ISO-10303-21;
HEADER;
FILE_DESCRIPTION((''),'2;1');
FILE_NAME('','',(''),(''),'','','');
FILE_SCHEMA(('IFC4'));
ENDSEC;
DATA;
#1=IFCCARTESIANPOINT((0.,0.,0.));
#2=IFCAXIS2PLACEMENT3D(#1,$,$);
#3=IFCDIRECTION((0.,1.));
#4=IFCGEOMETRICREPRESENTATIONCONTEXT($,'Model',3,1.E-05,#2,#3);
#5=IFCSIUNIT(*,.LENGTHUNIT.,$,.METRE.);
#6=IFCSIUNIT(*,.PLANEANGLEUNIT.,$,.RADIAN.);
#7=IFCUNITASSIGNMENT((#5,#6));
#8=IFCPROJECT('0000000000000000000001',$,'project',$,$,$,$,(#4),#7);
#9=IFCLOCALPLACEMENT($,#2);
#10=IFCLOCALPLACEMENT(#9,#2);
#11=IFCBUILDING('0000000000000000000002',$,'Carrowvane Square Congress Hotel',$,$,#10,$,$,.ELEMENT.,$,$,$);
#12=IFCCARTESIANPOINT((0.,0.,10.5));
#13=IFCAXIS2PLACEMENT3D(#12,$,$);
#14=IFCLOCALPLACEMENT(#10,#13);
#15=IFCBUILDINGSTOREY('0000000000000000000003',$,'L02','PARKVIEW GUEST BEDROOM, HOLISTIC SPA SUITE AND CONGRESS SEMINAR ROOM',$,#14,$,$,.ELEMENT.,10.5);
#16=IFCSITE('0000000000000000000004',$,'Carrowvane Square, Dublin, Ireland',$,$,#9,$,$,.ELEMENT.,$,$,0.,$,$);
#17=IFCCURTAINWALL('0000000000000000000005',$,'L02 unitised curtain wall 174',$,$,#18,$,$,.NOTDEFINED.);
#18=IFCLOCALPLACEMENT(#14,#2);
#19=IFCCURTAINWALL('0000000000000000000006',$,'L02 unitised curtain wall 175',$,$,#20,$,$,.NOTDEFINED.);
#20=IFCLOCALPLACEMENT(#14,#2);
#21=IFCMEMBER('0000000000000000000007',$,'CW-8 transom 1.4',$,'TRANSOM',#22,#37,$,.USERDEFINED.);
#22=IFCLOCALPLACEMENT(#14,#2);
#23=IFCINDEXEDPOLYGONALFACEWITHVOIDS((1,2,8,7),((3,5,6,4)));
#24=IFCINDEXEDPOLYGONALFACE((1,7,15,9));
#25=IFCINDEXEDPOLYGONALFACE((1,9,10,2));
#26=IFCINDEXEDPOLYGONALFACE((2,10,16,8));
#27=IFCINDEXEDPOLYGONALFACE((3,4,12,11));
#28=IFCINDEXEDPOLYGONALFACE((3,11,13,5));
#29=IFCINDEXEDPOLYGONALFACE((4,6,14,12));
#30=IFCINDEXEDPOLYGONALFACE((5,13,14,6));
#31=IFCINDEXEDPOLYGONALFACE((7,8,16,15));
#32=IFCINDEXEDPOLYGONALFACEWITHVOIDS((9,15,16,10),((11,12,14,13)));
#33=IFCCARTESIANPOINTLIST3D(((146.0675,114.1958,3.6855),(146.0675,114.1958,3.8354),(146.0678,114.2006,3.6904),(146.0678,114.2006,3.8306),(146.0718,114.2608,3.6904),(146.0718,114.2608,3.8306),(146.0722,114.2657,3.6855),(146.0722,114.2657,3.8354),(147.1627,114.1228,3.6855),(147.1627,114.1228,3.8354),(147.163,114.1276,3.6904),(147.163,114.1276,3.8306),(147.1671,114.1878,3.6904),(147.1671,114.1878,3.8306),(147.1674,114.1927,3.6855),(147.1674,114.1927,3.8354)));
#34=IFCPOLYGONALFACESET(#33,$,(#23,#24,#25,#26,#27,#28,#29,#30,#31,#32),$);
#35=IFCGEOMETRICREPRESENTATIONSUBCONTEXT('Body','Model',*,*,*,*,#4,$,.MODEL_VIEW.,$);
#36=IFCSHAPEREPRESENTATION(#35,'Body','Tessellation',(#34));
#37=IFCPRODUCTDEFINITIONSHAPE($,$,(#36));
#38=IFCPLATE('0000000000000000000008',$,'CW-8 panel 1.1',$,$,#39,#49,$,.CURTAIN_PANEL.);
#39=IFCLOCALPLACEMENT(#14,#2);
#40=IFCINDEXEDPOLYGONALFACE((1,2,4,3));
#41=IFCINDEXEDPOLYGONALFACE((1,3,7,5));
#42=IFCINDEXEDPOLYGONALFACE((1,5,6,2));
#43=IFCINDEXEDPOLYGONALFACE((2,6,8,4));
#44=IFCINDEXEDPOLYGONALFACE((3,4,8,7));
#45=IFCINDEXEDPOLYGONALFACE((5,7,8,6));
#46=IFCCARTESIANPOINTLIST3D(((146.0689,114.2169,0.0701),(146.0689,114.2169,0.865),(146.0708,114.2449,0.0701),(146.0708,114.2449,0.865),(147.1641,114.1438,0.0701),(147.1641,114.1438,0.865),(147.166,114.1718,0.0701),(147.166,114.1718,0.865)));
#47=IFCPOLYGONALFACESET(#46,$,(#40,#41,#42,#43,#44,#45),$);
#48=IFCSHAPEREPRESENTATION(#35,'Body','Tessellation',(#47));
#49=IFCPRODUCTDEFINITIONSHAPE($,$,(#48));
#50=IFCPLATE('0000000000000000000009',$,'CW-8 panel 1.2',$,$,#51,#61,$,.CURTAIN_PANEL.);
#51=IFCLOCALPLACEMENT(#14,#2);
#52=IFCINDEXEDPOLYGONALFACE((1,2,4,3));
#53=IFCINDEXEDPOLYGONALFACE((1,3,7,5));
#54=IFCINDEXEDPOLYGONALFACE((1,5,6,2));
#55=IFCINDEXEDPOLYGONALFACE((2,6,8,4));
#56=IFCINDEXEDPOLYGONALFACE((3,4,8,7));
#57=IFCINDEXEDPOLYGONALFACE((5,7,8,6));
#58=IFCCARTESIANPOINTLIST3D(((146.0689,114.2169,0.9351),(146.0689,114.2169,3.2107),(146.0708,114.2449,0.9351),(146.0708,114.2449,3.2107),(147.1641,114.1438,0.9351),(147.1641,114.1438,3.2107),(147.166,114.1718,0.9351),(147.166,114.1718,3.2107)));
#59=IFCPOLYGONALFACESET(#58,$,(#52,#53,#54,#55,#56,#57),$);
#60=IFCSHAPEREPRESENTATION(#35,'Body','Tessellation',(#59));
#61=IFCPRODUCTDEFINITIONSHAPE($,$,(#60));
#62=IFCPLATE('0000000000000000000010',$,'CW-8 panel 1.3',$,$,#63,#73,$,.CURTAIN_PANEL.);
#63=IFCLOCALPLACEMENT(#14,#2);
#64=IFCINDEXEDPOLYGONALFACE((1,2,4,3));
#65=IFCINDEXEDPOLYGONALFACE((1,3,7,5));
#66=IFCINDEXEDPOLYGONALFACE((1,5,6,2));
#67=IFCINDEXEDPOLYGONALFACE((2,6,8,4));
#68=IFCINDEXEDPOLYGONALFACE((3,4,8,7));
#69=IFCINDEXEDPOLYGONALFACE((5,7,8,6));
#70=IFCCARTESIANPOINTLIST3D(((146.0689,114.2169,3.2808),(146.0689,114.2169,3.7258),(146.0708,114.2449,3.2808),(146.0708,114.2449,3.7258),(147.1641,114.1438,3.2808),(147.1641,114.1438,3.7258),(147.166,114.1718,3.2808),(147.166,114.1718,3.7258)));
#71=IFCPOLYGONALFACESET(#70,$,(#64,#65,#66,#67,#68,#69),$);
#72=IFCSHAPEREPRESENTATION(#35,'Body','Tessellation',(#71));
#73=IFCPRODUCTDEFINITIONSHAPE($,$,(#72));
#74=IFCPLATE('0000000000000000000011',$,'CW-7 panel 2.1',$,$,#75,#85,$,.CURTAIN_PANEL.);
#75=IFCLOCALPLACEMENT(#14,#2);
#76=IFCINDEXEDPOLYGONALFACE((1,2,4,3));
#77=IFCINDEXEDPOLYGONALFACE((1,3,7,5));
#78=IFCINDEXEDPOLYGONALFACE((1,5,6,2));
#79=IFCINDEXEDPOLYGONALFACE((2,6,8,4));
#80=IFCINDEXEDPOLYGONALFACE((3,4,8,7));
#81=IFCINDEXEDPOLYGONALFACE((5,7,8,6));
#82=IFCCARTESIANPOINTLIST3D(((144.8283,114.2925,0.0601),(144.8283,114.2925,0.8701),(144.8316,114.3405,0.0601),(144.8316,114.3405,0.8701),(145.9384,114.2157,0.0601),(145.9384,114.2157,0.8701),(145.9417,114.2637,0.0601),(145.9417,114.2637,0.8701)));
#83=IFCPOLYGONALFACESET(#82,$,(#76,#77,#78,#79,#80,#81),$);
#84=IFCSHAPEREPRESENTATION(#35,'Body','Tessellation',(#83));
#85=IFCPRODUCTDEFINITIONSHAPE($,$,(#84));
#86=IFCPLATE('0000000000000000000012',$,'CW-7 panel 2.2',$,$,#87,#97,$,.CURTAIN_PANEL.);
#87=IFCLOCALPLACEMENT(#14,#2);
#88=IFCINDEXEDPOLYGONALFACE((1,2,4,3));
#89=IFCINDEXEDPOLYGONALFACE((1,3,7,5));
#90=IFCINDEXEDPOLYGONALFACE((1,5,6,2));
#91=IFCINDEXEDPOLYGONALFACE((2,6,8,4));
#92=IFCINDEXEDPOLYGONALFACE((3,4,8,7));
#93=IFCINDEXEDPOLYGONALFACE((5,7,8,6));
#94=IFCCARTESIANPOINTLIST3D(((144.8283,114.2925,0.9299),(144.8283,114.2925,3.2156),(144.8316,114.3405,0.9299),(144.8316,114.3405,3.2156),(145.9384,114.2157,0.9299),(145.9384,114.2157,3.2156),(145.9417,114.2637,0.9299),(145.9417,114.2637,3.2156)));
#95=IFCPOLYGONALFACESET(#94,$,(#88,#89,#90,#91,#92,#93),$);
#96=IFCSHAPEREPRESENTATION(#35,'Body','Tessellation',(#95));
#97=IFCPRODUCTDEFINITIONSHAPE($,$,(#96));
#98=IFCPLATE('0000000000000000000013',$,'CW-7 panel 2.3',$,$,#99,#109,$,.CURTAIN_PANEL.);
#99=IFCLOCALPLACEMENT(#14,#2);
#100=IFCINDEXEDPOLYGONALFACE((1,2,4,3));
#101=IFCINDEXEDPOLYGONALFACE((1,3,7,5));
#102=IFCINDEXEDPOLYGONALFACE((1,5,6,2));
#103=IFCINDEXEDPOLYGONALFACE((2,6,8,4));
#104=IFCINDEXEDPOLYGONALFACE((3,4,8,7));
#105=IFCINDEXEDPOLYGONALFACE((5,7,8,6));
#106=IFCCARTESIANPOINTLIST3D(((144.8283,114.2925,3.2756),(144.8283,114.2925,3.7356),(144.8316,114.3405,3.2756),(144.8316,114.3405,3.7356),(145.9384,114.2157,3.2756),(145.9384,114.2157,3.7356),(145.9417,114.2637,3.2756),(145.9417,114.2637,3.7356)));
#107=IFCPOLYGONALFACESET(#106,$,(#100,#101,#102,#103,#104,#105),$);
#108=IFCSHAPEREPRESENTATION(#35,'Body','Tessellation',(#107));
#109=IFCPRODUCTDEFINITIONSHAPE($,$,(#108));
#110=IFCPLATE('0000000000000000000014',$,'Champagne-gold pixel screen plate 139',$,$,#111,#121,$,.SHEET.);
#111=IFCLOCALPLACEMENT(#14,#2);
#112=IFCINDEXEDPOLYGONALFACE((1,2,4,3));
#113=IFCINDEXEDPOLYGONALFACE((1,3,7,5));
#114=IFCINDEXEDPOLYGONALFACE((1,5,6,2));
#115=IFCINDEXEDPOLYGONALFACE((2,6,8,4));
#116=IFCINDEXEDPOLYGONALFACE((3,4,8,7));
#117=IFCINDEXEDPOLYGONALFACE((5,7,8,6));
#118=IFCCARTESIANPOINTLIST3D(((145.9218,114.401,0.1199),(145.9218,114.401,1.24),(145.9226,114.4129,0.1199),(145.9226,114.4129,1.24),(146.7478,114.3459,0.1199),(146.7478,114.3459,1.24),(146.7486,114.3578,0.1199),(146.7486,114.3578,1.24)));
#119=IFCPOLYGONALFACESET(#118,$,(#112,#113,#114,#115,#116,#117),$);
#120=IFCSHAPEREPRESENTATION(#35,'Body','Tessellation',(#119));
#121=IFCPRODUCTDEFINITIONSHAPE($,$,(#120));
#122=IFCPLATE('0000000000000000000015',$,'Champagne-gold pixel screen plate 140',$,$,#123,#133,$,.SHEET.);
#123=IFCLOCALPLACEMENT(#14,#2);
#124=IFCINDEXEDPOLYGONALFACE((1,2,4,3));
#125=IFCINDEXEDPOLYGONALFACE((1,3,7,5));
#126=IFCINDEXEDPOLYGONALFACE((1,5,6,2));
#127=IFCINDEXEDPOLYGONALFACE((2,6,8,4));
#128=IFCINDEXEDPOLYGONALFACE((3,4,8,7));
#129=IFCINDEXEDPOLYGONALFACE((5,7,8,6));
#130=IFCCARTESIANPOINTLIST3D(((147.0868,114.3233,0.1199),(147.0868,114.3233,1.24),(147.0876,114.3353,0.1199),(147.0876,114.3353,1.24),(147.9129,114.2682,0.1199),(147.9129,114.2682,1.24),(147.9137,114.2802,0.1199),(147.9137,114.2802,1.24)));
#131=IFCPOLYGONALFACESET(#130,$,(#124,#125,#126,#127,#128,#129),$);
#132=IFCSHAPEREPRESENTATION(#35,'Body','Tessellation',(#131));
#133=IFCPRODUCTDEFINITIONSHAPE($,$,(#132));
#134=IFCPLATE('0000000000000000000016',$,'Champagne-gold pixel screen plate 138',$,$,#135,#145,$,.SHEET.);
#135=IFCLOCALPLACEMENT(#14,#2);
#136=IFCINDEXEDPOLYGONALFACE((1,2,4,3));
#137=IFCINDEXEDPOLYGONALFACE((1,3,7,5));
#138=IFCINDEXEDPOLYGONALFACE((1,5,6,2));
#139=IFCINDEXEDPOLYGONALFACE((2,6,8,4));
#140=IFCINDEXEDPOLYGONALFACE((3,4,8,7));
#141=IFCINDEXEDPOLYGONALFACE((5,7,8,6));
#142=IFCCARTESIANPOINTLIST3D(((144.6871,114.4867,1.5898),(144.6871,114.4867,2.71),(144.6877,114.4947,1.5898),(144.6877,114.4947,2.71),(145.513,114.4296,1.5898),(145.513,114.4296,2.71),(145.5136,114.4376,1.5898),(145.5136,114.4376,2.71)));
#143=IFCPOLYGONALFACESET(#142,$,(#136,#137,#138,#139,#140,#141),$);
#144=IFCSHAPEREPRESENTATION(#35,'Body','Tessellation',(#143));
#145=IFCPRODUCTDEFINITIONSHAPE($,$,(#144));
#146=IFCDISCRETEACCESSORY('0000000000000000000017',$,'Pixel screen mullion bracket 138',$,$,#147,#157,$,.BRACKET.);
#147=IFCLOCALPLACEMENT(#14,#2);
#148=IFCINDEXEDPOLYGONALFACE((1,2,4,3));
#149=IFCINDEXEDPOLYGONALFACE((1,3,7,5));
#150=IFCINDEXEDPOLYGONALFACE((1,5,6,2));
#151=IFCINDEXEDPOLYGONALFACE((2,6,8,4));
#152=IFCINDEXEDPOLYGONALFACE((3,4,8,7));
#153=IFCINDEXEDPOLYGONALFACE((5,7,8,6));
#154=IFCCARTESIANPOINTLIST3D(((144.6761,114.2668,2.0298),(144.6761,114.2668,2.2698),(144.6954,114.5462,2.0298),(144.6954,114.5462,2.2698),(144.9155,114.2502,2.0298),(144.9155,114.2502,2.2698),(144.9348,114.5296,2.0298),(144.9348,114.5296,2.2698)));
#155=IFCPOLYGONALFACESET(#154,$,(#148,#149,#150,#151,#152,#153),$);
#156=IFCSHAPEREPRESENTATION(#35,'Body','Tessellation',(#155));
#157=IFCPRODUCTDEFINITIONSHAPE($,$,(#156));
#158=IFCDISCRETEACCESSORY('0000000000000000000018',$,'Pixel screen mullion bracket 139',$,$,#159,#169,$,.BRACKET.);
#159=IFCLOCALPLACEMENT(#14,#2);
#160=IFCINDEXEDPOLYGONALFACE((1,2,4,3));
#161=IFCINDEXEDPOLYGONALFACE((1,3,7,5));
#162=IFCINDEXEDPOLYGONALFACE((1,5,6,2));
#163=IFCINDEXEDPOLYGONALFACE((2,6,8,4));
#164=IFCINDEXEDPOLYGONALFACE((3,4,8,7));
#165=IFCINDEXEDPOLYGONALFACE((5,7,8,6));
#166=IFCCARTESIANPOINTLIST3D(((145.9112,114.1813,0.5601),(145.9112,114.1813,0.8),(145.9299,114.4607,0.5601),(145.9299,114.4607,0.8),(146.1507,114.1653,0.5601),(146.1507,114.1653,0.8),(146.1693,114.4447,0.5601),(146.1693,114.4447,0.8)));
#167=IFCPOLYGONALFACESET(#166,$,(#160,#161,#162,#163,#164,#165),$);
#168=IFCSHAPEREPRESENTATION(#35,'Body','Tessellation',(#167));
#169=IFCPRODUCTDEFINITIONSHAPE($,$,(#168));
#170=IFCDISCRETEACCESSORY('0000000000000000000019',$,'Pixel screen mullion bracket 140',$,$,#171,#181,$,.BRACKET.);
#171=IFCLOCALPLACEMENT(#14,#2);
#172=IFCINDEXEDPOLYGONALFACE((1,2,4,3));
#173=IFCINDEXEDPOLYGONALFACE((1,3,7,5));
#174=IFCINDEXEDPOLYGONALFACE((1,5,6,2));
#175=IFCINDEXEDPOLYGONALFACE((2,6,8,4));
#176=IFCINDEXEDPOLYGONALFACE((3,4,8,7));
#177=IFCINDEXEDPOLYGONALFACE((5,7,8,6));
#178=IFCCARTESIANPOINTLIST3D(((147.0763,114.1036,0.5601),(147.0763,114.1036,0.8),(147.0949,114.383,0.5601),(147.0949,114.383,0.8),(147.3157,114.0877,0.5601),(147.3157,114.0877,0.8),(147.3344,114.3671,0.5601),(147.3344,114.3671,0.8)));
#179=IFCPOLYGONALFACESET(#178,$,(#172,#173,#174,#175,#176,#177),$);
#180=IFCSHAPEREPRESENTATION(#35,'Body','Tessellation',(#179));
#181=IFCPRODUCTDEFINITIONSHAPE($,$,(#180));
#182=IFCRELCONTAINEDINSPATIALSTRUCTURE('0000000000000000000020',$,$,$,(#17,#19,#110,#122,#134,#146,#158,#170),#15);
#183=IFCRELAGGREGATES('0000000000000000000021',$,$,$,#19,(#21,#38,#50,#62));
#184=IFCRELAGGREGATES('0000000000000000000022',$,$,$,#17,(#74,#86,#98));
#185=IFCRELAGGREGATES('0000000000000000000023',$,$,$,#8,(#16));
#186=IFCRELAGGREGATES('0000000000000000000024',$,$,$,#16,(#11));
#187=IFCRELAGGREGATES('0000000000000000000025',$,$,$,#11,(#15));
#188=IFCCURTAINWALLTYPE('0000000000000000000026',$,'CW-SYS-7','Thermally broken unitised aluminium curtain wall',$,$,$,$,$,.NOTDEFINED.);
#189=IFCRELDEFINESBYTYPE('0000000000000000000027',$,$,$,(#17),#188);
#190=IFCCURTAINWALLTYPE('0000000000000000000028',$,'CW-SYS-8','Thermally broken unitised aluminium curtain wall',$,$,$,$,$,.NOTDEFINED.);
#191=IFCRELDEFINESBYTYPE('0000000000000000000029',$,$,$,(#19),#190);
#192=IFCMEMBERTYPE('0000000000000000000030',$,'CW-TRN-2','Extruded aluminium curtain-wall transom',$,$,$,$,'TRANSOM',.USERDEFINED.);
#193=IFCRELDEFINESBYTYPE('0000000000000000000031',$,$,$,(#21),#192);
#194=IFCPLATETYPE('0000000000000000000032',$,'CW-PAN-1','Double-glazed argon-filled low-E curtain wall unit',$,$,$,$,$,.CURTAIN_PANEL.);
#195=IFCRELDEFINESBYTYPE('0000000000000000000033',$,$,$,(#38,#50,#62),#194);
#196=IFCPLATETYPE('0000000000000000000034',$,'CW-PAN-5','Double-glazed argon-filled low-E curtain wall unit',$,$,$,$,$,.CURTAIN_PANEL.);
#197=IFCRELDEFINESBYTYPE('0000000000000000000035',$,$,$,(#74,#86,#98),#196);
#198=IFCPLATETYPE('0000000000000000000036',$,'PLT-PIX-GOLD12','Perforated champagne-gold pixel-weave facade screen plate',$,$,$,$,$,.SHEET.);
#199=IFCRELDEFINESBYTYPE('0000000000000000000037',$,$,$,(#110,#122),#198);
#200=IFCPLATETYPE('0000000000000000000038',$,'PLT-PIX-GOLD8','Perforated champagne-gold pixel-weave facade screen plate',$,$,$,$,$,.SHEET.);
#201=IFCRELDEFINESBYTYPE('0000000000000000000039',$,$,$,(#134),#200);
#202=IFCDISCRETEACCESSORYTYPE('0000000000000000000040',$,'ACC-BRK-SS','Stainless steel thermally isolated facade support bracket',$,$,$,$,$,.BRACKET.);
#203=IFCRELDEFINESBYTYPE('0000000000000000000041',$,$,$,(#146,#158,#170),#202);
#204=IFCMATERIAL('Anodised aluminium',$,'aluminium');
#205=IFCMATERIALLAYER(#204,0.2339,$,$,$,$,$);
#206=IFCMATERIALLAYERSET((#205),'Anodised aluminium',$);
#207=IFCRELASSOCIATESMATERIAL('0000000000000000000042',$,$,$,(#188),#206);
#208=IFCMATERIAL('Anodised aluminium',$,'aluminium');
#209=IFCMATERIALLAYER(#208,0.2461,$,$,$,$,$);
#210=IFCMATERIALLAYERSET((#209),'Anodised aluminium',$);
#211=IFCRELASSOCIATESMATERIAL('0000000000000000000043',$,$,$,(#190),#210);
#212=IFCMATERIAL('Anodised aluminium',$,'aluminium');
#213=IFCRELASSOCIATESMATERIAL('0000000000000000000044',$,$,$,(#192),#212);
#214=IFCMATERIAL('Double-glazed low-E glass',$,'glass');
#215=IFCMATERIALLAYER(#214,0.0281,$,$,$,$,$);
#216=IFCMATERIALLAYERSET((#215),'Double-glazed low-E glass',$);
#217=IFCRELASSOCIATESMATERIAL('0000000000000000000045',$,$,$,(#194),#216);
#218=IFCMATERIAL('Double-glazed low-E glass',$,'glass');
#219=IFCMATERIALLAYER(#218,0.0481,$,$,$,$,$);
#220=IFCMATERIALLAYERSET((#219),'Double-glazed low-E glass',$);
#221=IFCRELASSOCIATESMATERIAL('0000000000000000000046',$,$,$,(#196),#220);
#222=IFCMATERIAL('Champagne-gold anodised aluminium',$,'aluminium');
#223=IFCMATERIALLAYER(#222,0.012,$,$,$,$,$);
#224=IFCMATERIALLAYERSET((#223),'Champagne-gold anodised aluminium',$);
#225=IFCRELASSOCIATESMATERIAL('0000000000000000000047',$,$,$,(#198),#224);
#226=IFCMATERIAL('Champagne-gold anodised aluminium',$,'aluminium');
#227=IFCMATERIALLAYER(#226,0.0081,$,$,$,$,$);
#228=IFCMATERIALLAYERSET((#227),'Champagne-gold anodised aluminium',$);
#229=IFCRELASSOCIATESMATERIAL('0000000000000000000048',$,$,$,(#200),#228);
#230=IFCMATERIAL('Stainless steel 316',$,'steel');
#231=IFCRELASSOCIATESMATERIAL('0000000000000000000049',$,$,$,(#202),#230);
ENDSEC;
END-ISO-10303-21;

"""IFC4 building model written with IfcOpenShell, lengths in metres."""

from ifc_helpers import new_model, si_unit, direction, frame, origin, origin_2d, place, context, subcontext, project, spatial, rectangle, hollow_rectangle, extrude, material, layer, layer_set, material_profile, profile_set, type_object, element, aggregate, save


model = new_model("IFC4")

# Units and contexts
model_context = context("Model", 3, precision=1e-05, world=origin(), true_north=direction((0.0, 1.0)))
body_context = subcontext(model_context, "Body", "Model", "MODEL_VIEW")
ifc_project = project(units=[si_unit("LENGTHUNIT", "METRE"), si_unit("PLANEANGLEUNIT", "RADIAN")], contexts=[model_context])

# Site, building, storey
site_placement = place(None, origin())
site = spatial("IfcSite", under=ifc_project, at=site_placement, Name="Carrowvane Square, Dublin, Ireland", CompositionType="ELEMENT", RefElevation=0.0)
building_placement = place(site_placement, origin())
building = spatial("IfcBuilding", under=site, at=building_placement, Name="Carrowvane Square Congress Hotel", CompositionType="ELEMENT")
storey_placement = place(building_placement, frame((0.0, 0.0, 10.5)))
storey = spatial("IfcBuildingStorey", under=building, at=storey_placement, Name="L02", Description="PARKVIEW GUEST BEDROOM, HOLISTIC SPA SUITE AND CONGRESS SEMINAR ROOM", CompositionType="ELEMENT", Elevation=10.5)

# Curtain wall
ifc_material_1 = material(Name="Anodised aluminium", Category="aluminium")
ifc_layer_1 = layer(ifc_material_1, 0.2339)
ifc_layer_set_1 = layer_set([ifc_layer_1], Name="Anodised aluminium")
curtain_wall_type_1 = type_object("IfcCurtainWallType", Name="CW-SYS-7", Description="Thermally broken unitised aluminium curtain wall", PredefinedType="NOTDEFINED", material=ifc_layer_set_1)
curtain_wall_1_placement = place(storey_placement, origin())
curtain_wall_1 = element("IfcCurtainWall", 1, at=curtain_wall_1_placement, inside=storey, type_object=curtain_wall_type_1, Name="L02 unitised curtain wall 174", PredefinedType="NOTDEFINED")

# Curtain wall
ifc_material_2 = material(Name="Anodised aluminium", Category="aluminium")
ifc_layer_2 = layer(ifc_material_2, 0.2461)
ifc_layer_set_2 = layer_set([ifc_layer_2], Name="Anodised aluminium")
curtain_wall_type_2 = type_object("IfcCurtainWallType", Name="CW-SYS-8", Description="Thermally broken unitised aluminium curtain wall", PredefinedType="NOTDEFINED", material=ifc_layer_set_2)
curtain_wall_2_placement = place(storey_placement, origin())
curtain_wall_2 = element("IfcCurtainWall", 2, at=curtain_wall_2_placement, inside=storey, type_object=curtain_wall_type_2, Name="L02 unitised curtain wall 175", PredefinedType="NOTDEFINED")

# Member
ifc_material_3 = material(Name="Anodised aluminium", Category="aluminium")
ifc_material_profile_1 = material_profile(ifc_material_3, hollow_rectangle(XDim=0.0701, YDim=0.1499, WallThickness=0.0049, at=origin_2d()), Name="CW-TR 70x150x5")
ifc_profile_set_1 = profile_set([ifc_material_profile_1], Name="Anodised aluminium")
member_type_1 = type_object("IfcMemberType", Name="CW-TRN-2", Description="Extruded aluminium curtain-wall transom", ElementType="TRANSOM", PredefinedType="USERDEFINED", material=ifc_profile_set_1)
member_1_placement = place(storey_placement, frame((146.0698, 114.2307, 3.7605), z_axis=(0.997786, -0.066504, 0.0), x_axis=(0.066504, 0.997786, 0.0)))
member_1 = element("IfcMember", 3, at=member_1_placement, type_object=member_type_1, Name="CW-8 transom 1.4", ObjectType="TRANSOM", PredefinedType="USERDEFINED", context=body_context, shape_type="SweptSolid", body=[
    extrude(hollow_rectangle(XDim=0.0701, YDim=0.1499, WallThickness=0.0049, at=origin_2d()), origin(), (0.0, 0.0, 1.0), 1.0977),
])

# Plates
ifc_material_4 = material(Name="Double-glazed low-E glass", Category="glass")
ifc_layer_3 = layer(ifc_material_4, 0.0281)
ifc_layer_set_3 = layer_set([ifc_layer_3], Name="Double-glazed low-E glass")
plate_type_1 = type_object("IfcPlateType", Name="CW-PAN-1", Description="Double-glazed argon-filled low-E curtain wall unit", PredefinedType="CURTAIN_PANEL", material=ifc_layer_set_3)
plate_1_placement = place(storey_placement, frame((146.6174, 114.1943, 0.0701), z_axis=(0.0, 0.0, 1.0), x_axis=(0.997781, -0.066574, 0.0)))
plate_1 = element("IfcPlate", 4, at=plate_1_placement, type_object=plate_type_1, Name="CW-8 panel 1.1", PredefinedType="CURTAIN_PANEL", context=body_context, shape_type="SweptSolid", body=[
    extrude(rectangle(XDim=1.0977, YDim=0.0281, at=origin_2d()), origin(), (0.0, 0.0, 1.0), 0.7949),
])
plate_2_placement = place(storey_placement, frame((146.6174, 114.1943, 0.9351), z_axis=(0.0, 0.0, 1.0), x_axis=(0.997781, -0.066574, 0.0)))
plate_2 = element("IfcPlate", 5, at=plate_2_placement, type_object=plate_type_1, Name="CW-8 panel 1.2", PredefinedType="CURTAIN_PANEL", context=body_context, shape_type="SweptSolid", body=[
    extrude(rectangle(XDim=1.0977, YDim=0.0281, at=origin_2d()), origin(), (0.0, 0.0, 1.0), 2.2756),
])
plate_3_placement = place(storey_placement, frame((146.6174, 114.1943, 3.2808), z_axis=(0.0, 0.0, 1.0), x_axis=(0.997781, -0.066574, 0.0)))
plate_3 = element("IfcPlate", 6, at=plate_3_placement, type_object=plate_type_1, Name="CW-8 panel 1.3", PredefinedType="CURTAIN_PANEL", context=body_context, shape_type="SweptSolid", body=[
    extrude(rectangle(XDim=1.0977, YDim=0.0281, at=origin_2d()), origin(), (0.0, 0.0, 1.0), 0.4451),
])
aggregate(curtain_wall_2, [member_1, plate_1, plate_2, plate_3])
ifc_material_5 = material(Name="Double-glazed low-E glass", Category="glass")
ifc_layer_4 = layer(ifc_material_5, 0.0481)
ifc_layer_set_4 = layer_set([ifc_layer_4], Name="Double-glazed low-E glass")
plate_type_2 = type_object("IfcPlateType", Name="CW-PAN-5", Description="Double-glazed argon-filled low-E curtain wall unit", PredefinedType="CURTAIN_PANEL", material=ifc_layer_set_4)
plate_4_placement = place(storey_placement, frame((145.385, 114.2781, 0.0601), z_axis=(0.0, 0.0, 1.0), x_axis=(0.997618, -0.068986, 0.0)))
plate_4 = element("IfcPlate", 7, at=plate_4_placement, type_object=plate_type_2, Name="CW-7 panel 2.1", PredefinedType="CURTAIN_PANEL", context=body_context, shape_type="SweptSolid", body=[
    extrude(rectangle(XDim=1.1128, YDim=0.0481, at=origin_2d()), origin(), (0.0, 0.0, 1.0), 0.8101),
])
plate_5_placement = place(storey_placement, frame((145.385, 114.2781, 0.9299), z_axis=(0.0, 0.0, 1.0), x_axis=(0.997618, -0.068986, 0.0)))
plate_5 = element("IfcPlate", 8, at=plate_5_placement, type_object=plate_type_2, Name="CW-7 panel 2.2", PredefinedType="CURTAIN_PANEL", context=body_context, shape_type="SweptSolid", body=[
    extrude(rectangle(XDim=1.1128, YDim=0.0481, at=origin_2d()), origin(), (0.0, 0.0, 1.0), 2.2856),
])
plate_6_placement = place(storey_placement, frame((145.385, 114.2781, 3.2756), z_axis=(0.0, 0.0, 1.0), x_axis=(0.997618, -0.068986, 0.0)))
plate_6 = element("IfcPlate", 9, at=plate_6_placement, type_object=plate_type_2, Name="CW-7 panel 2.3", PredefinedType="CURTAIN_PANEL", context=body_context, shape_type="SweptSolid", body=[
    extrude(rectangle(XDim=1.1128, YDim=0.0481, at=origin_2d()), origin(), (0.0, 0.0, 1.0), 0.46),
])
aggregate(curtain_wall_1, [plate_4, plate_5, plate_6])

# Plates
ifc_material_6 = material(Name="Champagne-gold anodised aluminium", Category="aluminium")
ifc_layer_5 = layer(ifc_material_6, 0.012)
ifc_layer_set_5 = layer_set([ifc_layer_5], Name="Champagne-gold anodised aluminium")
plate_type_3 = type_object("IfcPlateType", Name="PLT-PIX-GOLD12", Description="Perforated champagne-gold pixel-weave facade screen plate", PredefinedType="SHEET", material=ifc_layer_set_5)
for number, where, z_axis, x_axis, name in (
    (10, (146.3352, 114.3794, 0.1199), (0.0, 0.0, 1.0), (0.997781, -0.066574, 0.0), "Champagne-gold pixel screen plate 139"),
    (11, (147.5002, 114.3018, 0.1199), (0.0, 0.0, 1.0), (0.997781, -0.066574, 0.0), "Champagne-gold pixel screen plate 140"),
):
    element("IfcPlate", number, at=place(storey_placement, frame(where, z_axis=z_axis, x_axis=x_axis)), inside=storey, type_object=plate_type_3, Name=name, PredefinedType="SHEET", context=body_context, shape_type="SweptSolid", body=[
        extrude(rectangle(XDim=0.8279, YDim=0.012, at=origin_2d()), origin(), (0.0, 0.0, 1.0), 1.1201),
    ])
ifc_material_7 = material(Name="Champagne-gold anodised aluminium", Category="aluminium")
ifc_layer_6 = layer(ifc_material_7, 0.0081)
ifc_layer_set_6 = layer_set([ifc_layer_6], Name="Champagne-gold anodised aluminium")
plate_type_4 = type_object("IfcPlateType", Name="PLT-PIX-GOLD8", Description="Perforated champagne-gold pixel-weave facade screen plate", PredefinedType="SHEET", material=ifc_layer_set_6)
plate_7_placement = place(storey_placement, frame((145.1003, 114.4622, 1.5898), z_axis=(0.0, 0.0, 1.0), x_axis=(0.997618, -0.068987, 0.0)))
element("IfcPlate", 12, at=plate_7_placement, inside=storey, type_object=plate_type_4, Name="Champagne-gold pixel screen plate 138", PredefinedType="SHEET", context=body_context, shape_type="SweptSolid", body=[
    extrude(rectangle(XDim=0.8279, YDim=0.0081, at=origin_2d()), origin(), (0.0, 0.0, 1.0), 1.1201),
])

# Discrete accessories
ifc_material_8 = material(Name="Stainless steel 316", Category="steel")
discrete_accessory_type = type_object("IfcDiscreteAccessoryType", Name="ACC-BRK-SS", Description="Stainless steel thermally isolated facade support bracket", PredefinedType="BRACKET", material=ifc_material_8)
for number, where, z_axis, x_axis, name in (
    (13, (144.8054, 114.3982, 2.0298), (0.0, 0.0, 1.0), (0.997618, -0.068987, 0.0), "Pixel screen mullion bracket 138"),
    (14, (146.0403, 114.313, 0.5601), (0.0, 0.0, 1.0), (0.997781, -0.066574, 0.0), "Pixel screen mullion bracket 139"),
    (15, (147.2053, 114.2354, 0.5601), (0.0, 0.0, 1.0), (0.997781, -0.066574, 0.0), "Pixel screen mullion bracket 140"),
):
    element("IfcDiscreteAccessory", number, at=place(storey_placement, frame(where, z_axis=z_axis, x_axis=x_axis)), inside=storey, type_object=discrete_accessory_type, Name=name, PredefinedType="BRACKET", context=body_context, shape_type="SweptSolid", body=[
        extrude(rectangle(XDim=0.24, YDim=0.28, at=origin_2d()), origin(), (0.0, 0.0, 1.0), 0.24),
    ])

save(model, "model.ifc")
